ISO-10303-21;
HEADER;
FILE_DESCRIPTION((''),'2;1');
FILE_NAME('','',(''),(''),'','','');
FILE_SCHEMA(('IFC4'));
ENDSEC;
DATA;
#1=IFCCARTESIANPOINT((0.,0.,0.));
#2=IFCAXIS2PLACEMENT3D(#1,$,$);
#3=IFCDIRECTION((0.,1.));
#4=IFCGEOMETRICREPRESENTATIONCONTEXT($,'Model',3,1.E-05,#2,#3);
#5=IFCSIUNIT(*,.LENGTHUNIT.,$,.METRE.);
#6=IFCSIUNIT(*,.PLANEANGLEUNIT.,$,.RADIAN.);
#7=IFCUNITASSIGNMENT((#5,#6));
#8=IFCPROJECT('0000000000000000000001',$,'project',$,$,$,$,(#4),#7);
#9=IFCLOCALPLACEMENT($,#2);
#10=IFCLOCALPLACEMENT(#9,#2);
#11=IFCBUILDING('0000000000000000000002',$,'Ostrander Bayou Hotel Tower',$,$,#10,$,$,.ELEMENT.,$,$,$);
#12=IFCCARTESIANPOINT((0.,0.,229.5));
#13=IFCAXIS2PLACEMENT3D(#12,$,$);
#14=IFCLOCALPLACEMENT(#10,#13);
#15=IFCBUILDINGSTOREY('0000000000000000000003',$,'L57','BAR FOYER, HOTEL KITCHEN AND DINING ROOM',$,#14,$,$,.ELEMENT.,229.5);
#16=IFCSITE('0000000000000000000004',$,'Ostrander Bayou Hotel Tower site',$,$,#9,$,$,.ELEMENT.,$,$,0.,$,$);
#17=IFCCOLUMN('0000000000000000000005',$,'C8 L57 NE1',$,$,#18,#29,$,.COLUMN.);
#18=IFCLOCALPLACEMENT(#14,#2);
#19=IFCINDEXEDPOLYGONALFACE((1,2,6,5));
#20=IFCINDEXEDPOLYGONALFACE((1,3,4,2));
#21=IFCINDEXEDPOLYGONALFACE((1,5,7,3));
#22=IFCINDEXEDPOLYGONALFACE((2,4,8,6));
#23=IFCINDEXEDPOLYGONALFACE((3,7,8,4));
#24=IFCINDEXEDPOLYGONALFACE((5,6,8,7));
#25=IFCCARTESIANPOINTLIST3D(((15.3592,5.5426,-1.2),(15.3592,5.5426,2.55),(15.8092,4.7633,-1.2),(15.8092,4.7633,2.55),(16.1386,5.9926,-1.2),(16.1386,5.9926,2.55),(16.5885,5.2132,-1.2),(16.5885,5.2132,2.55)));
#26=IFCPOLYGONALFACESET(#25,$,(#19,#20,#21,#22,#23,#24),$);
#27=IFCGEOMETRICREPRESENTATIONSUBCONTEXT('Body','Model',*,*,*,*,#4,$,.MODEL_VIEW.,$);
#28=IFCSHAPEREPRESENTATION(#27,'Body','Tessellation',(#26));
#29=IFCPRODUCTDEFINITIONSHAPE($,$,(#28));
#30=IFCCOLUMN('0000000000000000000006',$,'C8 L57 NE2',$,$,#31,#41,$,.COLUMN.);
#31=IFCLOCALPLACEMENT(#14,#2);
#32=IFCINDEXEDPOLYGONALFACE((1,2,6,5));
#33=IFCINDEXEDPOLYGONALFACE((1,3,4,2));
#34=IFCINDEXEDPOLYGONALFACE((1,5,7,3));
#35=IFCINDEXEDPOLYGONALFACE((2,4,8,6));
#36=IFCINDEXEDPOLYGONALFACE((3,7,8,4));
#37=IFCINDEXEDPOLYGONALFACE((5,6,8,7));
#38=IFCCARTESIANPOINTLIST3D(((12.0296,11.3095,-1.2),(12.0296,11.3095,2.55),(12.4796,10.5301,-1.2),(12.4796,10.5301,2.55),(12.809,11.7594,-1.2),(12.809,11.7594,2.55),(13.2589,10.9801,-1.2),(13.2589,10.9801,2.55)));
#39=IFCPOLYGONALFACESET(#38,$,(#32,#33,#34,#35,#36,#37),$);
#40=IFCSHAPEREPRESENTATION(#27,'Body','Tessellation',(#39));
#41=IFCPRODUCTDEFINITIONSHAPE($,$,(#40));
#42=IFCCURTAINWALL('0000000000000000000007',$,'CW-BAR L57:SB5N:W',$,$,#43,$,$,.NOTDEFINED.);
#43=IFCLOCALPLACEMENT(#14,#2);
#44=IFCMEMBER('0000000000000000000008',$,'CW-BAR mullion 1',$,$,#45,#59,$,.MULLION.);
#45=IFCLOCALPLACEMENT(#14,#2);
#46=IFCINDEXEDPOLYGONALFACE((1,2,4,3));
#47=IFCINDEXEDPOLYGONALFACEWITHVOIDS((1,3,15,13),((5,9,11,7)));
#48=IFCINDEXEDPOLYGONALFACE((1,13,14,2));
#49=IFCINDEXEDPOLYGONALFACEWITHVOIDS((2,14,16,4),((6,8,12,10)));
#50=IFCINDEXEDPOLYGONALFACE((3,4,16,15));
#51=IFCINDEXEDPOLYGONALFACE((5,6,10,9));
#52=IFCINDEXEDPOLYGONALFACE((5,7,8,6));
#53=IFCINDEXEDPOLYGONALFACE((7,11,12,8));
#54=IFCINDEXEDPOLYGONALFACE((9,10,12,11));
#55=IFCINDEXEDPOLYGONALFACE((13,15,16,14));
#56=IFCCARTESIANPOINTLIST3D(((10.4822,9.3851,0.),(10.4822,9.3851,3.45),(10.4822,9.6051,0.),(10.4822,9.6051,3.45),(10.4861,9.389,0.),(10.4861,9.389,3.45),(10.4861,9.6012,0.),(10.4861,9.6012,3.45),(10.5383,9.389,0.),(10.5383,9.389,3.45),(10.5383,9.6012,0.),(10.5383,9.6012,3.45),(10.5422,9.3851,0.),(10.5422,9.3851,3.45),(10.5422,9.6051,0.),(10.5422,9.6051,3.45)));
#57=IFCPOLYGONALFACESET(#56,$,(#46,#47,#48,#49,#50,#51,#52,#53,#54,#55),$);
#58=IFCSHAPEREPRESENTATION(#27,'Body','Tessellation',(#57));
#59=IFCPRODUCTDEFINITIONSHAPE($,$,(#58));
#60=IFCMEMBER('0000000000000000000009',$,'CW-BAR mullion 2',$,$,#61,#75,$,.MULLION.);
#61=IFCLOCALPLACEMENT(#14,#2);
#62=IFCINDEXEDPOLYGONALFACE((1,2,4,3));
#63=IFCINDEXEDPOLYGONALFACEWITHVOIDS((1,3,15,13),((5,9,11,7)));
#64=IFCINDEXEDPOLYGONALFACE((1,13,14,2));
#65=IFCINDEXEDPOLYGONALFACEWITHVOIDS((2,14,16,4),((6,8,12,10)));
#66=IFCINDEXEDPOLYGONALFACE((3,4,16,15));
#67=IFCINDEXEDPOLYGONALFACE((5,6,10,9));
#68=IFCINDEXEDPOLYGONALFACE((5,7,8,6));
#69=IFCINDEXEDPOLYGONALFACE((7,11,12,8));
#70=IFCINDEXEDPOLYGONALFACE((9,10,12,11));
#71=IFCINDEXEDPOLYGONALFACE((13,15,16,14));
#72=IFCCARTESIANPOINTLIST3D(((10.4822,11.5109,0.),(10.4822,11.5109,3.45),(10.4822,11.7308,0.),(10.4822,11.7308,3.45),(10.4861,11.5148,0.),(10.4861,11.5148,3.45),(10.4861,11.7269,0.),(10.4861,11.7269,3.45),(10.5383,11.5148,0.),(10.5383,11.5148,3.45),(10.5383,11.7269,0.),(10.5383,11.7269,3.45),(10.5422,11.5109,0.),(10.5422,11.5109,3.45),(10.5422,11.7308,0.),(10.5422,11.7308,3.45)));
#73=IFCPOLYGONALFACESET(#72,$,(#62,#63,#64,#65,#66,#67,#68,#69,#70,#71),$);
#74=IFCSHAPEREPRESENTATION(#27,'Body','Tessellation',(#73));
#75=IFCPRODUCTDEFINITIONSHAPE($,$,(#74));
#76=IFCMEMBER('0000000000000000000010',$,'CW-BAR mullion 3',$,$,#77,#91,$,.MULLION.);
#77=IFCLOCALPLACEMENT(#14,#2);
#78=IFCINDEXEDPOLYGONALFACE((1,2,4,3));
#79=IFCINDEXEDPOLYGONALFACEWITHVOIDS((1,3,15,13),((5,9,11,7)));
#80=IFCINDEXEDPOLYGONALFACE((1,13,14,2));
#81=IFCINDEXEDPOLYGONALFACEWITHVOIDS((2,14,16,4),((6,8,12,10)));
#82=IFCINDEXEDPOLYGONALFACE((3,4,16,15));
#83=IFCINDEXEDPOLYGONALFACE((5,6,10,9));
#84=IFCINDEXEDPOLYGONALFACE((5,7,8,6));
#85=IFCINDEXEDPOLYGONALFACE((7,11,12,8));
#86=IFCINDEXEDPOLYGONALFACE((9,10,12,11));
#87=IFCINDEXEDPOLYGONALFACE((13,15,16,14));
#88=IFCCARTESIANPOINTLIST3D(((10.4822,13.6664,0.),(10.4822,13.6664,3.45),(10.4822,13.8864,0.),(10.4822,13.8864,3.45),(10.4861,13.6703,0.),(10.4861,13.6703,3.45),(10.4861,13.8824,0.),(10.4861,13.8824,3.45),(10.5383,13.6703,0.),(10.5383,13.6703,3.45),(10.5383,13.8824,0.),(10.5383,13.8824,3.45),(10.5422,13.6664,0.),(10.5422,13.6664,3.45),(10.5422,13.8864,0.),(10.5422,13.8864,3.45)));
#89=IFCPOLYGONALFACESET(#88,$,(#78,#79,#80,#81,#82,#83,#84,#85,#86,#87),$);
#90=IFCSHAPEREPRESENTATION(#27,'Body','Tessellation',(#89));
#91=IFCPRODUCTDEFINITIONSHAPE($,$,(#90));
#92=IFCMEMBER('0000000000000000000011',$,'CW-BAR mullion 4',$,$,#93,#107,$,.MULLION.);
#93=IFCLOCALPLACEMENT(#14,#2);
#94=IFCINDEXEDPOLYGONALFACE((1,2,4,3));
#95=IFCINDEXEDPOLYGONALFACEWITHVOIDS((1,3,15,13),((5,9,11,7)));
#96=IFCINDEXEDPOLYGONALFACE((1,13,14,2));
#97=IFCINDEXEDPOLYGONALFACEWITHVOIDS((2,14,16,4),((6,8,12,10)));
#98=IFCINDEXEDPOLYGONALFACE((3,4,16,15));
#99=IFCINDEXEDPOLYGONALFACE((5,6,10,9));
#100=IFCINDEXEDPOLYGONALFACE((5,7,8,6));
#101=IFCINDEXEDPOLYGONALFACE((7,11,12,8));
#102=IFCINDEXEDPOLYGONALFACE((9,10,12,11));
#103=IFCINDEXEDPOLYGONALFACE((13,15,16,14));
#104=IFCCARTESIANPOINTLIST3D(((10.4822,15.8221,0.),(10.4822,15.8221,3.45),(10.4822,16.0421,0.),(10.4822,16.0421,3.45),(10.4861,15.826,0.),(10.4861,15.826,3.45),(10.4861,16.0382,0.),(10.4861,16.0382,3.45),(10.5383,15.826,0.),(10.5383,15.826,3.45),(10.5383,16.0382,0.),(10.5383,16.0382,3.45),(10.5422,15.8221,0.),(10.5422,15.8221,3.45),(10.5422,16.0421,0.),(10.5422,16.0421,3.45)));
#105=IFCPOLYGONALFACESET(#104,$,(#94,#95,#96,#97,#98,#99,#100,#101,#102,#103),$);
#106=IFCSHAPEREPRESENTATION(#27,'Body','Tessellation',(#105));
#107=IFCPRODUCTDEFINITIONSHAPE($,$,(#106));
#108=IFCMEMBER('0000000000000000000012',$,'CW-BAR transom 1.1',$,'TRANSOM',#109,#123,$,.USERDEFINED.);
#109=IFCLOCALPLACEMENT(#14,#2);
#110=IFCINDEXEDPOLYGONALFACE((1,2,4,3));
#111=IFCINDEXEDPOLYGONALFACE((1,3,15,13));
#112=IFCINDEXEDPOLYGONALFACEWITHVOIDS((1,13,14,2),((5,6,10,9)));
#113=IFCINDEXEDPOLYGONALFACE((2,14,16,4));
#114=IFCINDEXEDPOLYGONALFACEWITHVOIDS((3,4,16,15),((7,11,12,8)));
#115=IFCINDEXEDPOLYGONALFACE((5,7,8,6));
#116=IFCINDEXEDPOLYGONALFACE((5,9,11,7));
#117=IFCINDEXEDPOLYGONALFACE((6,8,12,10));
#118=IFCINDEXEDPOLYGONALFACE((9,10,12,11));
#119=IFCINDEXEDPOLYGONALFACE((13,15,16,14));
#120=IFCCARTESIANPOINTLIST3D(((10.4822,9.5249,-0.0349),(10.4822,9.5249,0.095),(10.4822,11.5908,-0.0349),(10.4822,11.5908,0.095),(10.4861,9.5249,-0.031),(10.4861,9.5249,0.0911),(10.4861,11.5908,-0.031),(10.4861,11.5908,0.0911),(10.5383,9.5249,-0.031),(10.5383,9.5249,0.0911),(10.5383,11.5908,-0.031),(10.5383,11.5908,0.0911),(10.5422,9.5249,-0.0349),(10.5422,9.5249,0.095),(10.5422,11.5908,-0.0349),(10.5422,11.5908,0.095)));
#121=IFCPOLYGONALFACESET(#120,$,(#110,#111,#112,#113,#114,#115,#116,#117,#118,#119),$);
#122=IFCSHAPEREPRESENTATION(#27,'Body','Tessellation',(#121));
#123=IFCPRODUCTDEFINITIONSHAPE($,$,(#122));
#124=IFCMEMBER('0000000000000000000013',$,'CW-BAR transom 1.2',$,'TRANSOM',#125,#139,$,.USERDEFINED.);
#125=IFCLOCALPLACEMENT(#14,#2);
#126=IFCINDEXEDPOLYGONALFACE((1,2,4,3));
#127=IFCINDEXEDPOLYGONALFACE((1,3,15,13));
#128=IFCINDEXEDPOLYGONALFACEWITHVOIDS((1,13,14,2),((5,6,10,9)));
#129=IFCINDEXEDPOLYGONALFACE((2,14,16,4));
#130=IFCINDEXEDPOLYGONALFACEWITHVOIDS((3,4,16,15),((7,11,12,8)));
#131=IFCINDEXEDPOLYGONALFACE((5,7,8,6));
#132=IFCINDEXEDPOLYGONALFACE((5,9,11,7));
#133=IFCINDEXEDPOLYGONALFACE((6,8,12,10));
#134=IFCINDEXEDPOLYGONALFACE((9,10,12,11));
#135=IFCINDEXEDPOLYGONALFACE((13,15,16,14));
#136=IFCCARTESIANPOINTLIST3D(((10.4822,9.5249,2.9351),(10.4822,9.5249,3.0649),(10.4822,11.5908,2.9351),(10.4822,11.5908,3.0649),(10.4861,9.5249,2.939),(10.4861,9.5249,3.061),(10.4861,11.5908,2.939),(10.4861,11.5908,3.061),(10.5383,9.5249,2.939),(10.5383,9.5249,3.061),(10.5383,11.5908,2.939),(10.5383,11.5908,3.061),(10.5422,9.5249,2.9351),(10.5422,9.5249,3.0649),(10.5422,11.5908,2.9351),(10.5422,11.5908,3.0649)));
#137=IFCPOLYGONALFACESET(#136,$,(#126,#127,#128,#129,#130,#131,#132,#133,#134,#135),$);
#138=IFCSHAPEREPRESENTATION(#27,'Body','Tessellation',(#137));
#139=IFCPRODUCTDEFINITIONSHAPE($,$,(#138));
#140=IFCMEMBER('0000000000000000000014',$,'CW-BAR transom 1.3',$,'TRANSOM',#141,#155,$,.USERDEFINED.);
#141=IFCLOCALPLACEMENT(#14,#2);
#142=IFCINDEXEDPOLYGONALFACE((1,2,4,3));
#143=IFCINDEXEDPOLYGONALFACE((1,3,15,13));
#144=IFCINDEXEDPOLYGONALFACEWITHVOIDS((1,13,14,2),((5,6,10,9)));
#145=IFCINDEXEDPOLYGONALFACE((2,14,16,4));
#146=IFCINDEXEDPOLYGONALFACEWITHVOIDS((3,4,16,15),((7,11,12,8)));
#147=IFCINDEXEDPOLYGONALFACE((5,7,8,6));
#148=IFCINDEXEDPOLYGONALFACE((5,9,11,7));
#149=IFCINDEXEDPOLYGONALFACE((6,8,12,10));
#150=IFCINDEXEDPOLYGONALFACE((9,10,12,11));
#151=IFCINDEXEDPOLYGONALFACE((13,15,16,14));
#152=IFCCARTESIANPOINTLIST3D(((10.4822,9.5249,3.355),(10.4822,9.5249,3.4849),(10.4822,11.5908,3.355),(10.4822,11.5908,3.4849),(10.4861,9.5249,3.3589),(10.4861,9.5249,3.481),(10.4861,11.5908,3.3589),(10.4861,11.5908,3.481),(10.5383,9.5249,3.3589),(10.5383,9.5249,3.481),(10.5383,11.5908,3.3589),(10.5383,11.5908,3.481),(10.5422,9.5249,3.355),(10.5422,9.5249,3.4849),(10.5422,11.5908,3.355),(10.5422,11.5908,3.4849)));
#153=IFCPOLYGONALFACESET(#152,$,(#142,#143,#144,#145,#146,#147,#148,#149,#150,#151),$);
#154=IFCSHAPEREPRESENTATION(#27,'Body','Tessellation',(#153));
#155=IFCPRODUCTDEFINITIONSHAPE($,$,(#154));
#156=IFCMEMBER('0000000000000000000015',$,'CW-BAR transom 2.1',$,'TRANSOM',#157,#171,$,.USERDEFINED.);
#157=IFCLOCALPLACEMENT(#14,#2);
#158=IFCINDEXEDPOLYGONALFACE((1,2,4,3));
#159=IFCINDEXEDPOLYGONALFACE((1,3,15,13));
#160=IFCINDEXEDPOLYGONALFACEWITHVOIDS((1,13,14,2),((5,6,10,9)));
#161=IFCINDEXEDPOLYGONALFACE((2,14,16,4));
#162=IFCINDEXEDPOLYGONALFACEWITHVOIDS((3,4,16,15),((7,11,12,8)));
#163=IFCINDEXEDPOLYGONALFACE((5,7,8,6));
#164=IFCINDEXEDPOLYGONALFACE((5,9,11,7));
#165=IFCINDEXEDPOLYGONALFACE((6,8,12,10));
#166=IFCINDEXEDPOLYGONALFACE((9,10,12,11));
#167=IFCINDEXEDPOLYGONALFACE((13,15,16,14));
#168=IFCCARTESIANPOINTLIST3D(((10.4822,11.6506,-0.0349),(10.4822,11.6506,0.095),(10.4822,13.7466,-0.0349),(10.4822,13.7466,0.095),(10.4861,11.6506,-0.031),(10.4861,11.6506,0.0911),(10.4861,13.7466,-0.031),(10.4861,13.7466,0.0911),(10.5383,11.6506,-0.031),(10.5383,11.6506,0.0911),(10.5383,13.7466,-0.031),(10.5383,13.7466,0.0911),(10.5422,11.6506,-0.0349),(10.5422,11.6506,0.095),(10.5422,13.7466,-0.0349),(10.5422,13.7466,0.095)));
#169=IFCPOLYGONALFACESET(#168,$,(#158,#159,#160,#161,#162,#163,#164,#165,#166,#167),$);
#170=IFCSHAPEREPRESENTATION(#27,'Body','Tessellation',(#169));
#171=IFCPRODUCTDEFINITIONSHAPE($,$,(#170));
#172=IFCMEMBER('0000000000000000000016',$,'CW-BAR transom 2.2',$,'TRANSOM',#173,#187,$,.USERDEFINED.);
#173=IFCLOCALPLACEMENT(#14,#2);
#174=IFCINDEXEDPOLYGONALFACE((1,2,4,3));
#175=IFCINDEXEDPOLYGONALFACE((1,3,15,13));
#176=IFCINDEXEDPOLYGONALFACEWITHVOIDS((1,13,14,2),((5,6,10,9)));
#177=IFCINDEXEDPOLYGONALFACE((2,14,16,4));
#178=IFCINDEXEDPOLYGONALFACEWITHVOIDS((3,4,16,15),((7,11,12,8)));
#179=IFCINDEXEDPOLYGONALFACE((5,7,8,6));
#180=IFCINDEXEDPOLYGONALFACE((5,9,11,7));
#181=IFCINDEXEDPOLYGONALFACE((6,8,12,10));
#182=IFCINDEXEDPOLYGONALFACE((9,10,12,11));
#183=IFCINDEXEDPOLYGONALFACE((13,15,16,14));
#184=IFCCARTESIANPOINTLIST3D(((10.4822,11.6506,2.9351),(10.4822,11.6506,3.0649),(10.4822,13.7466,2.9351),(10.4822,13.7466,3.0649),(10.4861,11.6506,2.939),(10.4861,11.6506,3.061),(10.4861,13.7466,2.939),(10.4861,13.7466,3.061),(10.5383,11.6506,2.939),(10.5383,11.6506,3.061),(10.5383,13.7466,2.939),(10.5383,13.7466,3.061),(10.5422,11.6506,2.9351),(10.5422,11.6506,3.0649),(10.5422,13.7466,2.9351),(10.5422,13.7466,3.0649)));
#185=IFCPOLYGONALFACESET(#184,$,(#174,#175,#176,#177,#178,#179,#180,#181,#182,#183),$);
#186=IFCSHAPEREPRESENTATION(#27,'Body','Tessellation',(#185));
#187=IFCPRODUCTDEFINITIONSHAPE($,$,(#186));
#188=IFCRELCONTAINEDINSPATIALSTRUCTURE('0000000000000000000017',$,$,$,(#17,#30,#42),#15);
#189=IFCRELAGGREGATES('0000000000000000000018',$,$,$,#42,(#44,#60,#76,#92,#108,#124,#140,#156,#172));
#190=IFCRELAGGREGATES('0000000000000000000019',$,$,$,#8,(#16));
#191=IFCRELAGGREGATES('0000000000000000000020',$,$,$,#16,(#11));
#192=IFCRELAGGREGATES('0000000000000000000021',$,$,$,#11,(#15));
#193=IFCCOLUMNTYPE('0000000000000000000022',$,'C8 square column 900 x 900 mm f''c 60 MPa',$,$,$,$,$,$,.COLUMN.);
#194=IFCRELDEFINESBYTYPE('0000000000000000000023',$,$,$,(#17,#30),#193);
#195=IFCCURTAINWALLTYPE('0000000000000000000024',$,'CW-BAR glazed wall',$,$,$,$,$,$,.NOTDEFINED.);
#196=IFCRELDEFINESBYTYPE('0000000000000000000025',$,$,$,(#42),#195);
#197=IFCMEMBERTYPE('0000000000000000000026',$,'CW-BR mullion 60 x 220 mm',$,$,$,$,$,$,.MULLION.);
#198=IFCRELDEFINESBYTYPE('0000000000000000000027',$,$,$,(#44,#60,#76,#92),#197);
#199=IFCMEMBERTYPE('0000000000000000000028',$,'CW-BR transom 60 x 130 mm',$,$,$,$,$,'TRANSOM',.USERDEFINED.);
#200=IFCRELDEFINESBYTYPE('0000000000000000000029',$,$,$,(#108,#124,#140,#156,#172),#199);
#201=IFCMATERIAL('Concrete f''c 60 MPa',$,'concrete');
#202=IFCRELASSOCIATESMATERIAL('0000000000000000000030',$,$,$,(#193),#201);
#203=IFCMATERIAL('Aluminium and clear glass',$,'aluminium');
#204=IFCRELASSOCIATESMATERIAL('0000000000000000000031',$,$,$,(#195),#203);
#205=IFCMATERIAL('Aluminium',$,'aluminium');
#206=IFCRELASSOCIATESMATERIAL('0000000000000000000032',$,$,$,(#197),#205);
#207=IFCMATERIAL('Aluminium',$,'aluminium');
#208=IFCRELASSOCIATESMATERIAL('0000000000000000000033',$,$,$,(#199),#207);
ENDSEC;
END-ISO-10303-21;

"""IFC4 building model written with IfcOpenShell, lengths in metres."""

from ifc_helpers import new_model, si_unit, direction, frame, origin, origin_2d, place, context, subcontext, project, spatial, rectangle, hollow_rectangle, extrude, material, material_profile, profile_set, type_object, element, aggregate, save


model = new_model("IFC4")

# Units and contexts
model_context = context("Model", 3, precision=1e-05, world=origin(), true_north=direction((0.0, 1.0)))
body_context = subcontext(model_context, "Body", "Model", "MODEL_VIEW")
ifc_project = project(units=[si_unit("LENGTHUNIT", "METRE"), si_unit("PLANEANGLEUNIT", "RADIAN")], contexts=[model_context])

# Site, building, storey
site_placement = place(None, origin())
site = spatial("IfcSite", under=ifc_project, at=site_placement, Name="Ostrander Bayou Hotel Tower site", CompositionType="ELEMENT", RefElevation=0.0)
building_placement = place(site_placement, origin())
building = spatial("IfcBuilding", under=site, at=building_placement, Name="Ostrander Bayou Hotel Tower", CompositionType="ELEMENT")
storey_placement = place(building_placement, frame((0.0, 0.0, 229.5)))
storey = spatial("IfcBuildingStorey", under=building, at=storey_placement, Name="L57", Description="BAR FOYER, HOTEL KITCHEN AND DINING ROOM", CompositionType="ELEMENT", Elevation=229.5)

# Columns
ifc_material_1 = material(Name="Concrete f'c 60 MPa", Category="concrete")
ifc_material_profile_1 = material_profile(ifc_material_1, rectangle(XDim=0.8999, YDim=0.8999, at=origin_2d()))
ifc_profile_set_1 = profile_set([ifc_material_profile_1], Name="Concrete f'c 60 MPa")
column_type = type_object("IfcColumnType", Name="C8 square column 900 x 900 mm f'c 60 MPa", PredefinedType="COLUMN", material=ifc_profile_set_1)
for number, where, z_axis, x_axis, name in (
    (1, (15.9739, 5.3779, -1.2), (0.0, 0.0, 1.0), (0.5, -0.866025, 0.0), "C8 L57 NE1"),
    (2, (12.6443, 11.1448, -1.2), (0.0, 0.0, 1.0), (0.5, -0.866025, 0.0), "C8 L57 NE2"),
):
    element("IfcColumn", number, at=place(storey_placement, frame(where, z_axis=z_axis, x_axis=x_axis)), inside=storey, type_object=column_type, Name=name, PredefinedType="COLUMN", context=body_context, shape_type="SweptSolid", body=[
        extrude(rectangle(XDim=0.8999, YDim=0.8999, at=origin_2d()), origin(), (0.0, 0.0, 1.0), 3.75),
    ])

# Curtain wall, members
ifc_material_2 = material(Name="Aluminium and clear glass", Category="aluminium")
curtain_wall_type = type_object("IfcCurtainWallType", Name="CW-BAR glazed wall", PredefinedType="NOTDEFINED", material=ifc_material_2)
curtain_wall_placement = place(storey_placement, origin())
curtain_wall = element("IfcCurtainWall", 3, at=curtain_wall_placement, inside=storey, type_object=curtain_wall_type, Name="CW-BAR L57:SB5N:W", PredefinedType="NOTDEFINED")
ifc_material_3 = material(Name="Aluminium", Category="aluminium")
ifc_material_profile_2 = material_profile(ifc_material_3, hollow_rectangle(XDim=0.0601, YDim=0.22, WallThickness=0.0039, at=origin_2d()))
ifc_profile_set_2 = profile_set([ifc_material_profile_2], Name="Aluminium")
member_type_1 = type_object("IfcMemberType", Name="CW-BR mullion 60 x 220 mm", PredefinedType="MULLION", material=ifc_profile_set_2)
member_1_placement = place(storey_placement, frame((10.5122, 9.4951, 0.0), z_axis=(0.0, 0.0, 1.0), x_axis=(-1.0, 0.0, 0.0)))
member_1 = element("IfcMember", 4, at=member_1_placement, type_object=member_type_1, Name="CW-BAR mullion 1", PredefinedType="MULLION", context=body_context, shape_type="SweptSolid", body=[
    extrude(hollow_rectangle(XDim=0.0601, YDim=0.22, WallThickness=0.0039, at=origin_2d()), origin(), (0.0, 0.0, 1.0), 3.45),
])
member_2_placement = place(storey_placement, frame((10.5122, 11.6208, 0.0), z_axis=(0.0, 0.0, 1.0), x_axis=(-1.0, 0.0, 0.0)))
member_2 = element("IfcMember", 5, at=member_2_placement, type_object=member_type_1, Name="CW-BAR mullion 2", PredefinedType="MULLION", context=body_context, shape_type="SweptSolid", body=[
    extrude(hollow_rectangle(XDim=0.0601, YDim=0.22, WallThickness=0.0039, at=origin_2d()), origin(), (0.0, 0.0, 1.0), 3.45),
])
member_3_placement = place(storey_placement, frame((10.5122, 13.7764, 0.0), z_axis=(0.0, 0.0, 1.0), x_axis=(-1.0, 0.0, 0.0)))
member_3 = element("IfcMember", 6, at=member_3_placement, type_object=member_type_1, Name="CW-BAR mullion 3", PredefinedType="MULLION", context=body_context, shape_type="SweptSolid", body=[
    extrude(hollow_rectangle(XDim=0.0601, YDim=0.22, WallThickness=0.0039, at=origin_2d()), origin(), (0.0, 0.0, 1.0), 3.45),
])
member_4_placement = place(storey_placement, frame((10.5122, 15.9321, 0.0), z_axis=(0.0, 0.0, 1.0), x_axis=(-1.0, 0.0, 0.0)))
member_4 = element("IfcMember", 7, at=member_4_placement, type_object=member_type_1, Name="CW-BAR mullion 4", PredefinedType="MULLION", context=body_context, shape_type="SweptSolid", body=[
    extrude(hollow_rectangle(XDim=0.0601, YDim=0.22, WallThickness=0.0039, at=origin_2d()), origin(), (0.0, 0.0, 1.0), 3.45),
])
ifc_material_4 = material(Name="Aluminium", Category="aluminium")
ifc_material_profile_3 = material_profile(ifc_material_4, hollow_rectangle(XDim=0.0601, YDim=0.1299, WallThickness=0.0039, at=origin_2d()))
ifc_profile_set_3 = profile_set([ifc_material_profile_3], Name="Aluminium")
member_type_2 = type_object("IfcMemberType", Name="CW-BR transom 60 x 130 mm", ElementType="TRANSOM", PredefinedType="USERDEFINED", material=ifc_profile_set_3)
member_5_placement = place(storey_placement, frame((10.5122, 9.5249, 0.03), z_axis=(0.0, 1.0, 0.0), x_axis=(-1.0, 0.0, 0.0)))
member_5 = element("IfcMember", 8, at=member_5_placement, type_object=member_type_2, Name="CW-BAR transom 1.1", ObjectType="TRANSOM", PredefinedType="USERDEFINED", context=body_context, shape_type="SweptSolid", body=[
    extrude(hollow_rectangle(XDim=0.0601, YDim=0.1299, WallThickness=0.0039, at=origin_2d()), origin(), (0.0, 0.0, 1.0), 2.0659),
])
member_6_placement = place(storey_placement, frame((10.5122, 9.5249, 3.0), z_axis=(0.0, 1.0, 0.0), x_axis=(-1.0, 0.0, 0.0)))
member_6 = element("IfcMember", 9, at=member_6_placement, type_object=member_type_2, Name="CW-BAR transom 1.2", ObjectType="TRANSOM", PredefinedType="USERDEFINED", context=body_context, shape_type="SweptSolid", body=[
    extrude(hollow_rectangle(XDim=0.0601, YDim=0.1299, WallThickness=0.0039, at=origin_2d()), origin(), (0.0, 0.0, 1.0), 2.0659),
])
member_7_placement = place(storey_placement, frame((10.5122, 9.5249, 3.4199), z_axis=(0.0, 1.0, 0.0), x_axis=(-1.0, 0.0, 0.0)))
member_7 = element("IfcMember", 10, at=member_7_placement, type_object=member_type_2, Name="CW-BAR transom 1.3", ObjectType="TRANSOM", PredefinedType="USERDEFINED", context=body_context, shape_type="SweptSolid", body=[
    extrude(hollow_rectangle(XDim=0.0601, YDim=0.1299, WallThickness=0.0039, at=origin_2d()), origin(), (0.0, 0.0, 1.0), 2.0659),
])
member_8_placement = place(storey_placement, frame((10.5122, 11.6506, 0.03), z_axis=(0.0, 1.0, 0.0), x_axis=(-1.0, 0.0, 0.0)))
member_8 = element("IfcMember", 11, at=member_8_placement, type_object=member_type_2, Name="CW-BAR transom 2.1", ObjectType="TRANSOM", PredefinedType="USERDEFINED", context=body_context, shape_type="SweptSolid", body=[
    extrude(hollow_rectangle(XDim=0.0601, YDim=0.1299, WallThickness=0.0039, at=origin_2d()), origin(), (0.0, 0.0, 1.0), 2.0959),
])
member_9_placement = place(storey_placement, frame((10.5122, 11.6506, 3.0), z_axis=(0.0, 1.0, 0.0), x_axis=(-1.0, 0.0, 0.0)))
member_9 = element("IfcMember", 12, at=member_9_placement, type_object=member_type_2, Name="CW-BAR transom 2.2", ObjectType="TRANSOM", PredefinedType="USERDEFINED", context=body_context, shape_type="SweptSolid", body=[
    extrude(hollow_rectangle(XDim=0.0601, YDim=0.1299, WallThickness=0.0039, at=origin_2d()), origin(), (0.0, 0.0, 1.0), 2.0959),
])

aggregate(curtain_wall, [member_1, member_2, member_3, member_4, member_5, member_6, member_7, member_8, member_9])

save(model, "model.ifc")
